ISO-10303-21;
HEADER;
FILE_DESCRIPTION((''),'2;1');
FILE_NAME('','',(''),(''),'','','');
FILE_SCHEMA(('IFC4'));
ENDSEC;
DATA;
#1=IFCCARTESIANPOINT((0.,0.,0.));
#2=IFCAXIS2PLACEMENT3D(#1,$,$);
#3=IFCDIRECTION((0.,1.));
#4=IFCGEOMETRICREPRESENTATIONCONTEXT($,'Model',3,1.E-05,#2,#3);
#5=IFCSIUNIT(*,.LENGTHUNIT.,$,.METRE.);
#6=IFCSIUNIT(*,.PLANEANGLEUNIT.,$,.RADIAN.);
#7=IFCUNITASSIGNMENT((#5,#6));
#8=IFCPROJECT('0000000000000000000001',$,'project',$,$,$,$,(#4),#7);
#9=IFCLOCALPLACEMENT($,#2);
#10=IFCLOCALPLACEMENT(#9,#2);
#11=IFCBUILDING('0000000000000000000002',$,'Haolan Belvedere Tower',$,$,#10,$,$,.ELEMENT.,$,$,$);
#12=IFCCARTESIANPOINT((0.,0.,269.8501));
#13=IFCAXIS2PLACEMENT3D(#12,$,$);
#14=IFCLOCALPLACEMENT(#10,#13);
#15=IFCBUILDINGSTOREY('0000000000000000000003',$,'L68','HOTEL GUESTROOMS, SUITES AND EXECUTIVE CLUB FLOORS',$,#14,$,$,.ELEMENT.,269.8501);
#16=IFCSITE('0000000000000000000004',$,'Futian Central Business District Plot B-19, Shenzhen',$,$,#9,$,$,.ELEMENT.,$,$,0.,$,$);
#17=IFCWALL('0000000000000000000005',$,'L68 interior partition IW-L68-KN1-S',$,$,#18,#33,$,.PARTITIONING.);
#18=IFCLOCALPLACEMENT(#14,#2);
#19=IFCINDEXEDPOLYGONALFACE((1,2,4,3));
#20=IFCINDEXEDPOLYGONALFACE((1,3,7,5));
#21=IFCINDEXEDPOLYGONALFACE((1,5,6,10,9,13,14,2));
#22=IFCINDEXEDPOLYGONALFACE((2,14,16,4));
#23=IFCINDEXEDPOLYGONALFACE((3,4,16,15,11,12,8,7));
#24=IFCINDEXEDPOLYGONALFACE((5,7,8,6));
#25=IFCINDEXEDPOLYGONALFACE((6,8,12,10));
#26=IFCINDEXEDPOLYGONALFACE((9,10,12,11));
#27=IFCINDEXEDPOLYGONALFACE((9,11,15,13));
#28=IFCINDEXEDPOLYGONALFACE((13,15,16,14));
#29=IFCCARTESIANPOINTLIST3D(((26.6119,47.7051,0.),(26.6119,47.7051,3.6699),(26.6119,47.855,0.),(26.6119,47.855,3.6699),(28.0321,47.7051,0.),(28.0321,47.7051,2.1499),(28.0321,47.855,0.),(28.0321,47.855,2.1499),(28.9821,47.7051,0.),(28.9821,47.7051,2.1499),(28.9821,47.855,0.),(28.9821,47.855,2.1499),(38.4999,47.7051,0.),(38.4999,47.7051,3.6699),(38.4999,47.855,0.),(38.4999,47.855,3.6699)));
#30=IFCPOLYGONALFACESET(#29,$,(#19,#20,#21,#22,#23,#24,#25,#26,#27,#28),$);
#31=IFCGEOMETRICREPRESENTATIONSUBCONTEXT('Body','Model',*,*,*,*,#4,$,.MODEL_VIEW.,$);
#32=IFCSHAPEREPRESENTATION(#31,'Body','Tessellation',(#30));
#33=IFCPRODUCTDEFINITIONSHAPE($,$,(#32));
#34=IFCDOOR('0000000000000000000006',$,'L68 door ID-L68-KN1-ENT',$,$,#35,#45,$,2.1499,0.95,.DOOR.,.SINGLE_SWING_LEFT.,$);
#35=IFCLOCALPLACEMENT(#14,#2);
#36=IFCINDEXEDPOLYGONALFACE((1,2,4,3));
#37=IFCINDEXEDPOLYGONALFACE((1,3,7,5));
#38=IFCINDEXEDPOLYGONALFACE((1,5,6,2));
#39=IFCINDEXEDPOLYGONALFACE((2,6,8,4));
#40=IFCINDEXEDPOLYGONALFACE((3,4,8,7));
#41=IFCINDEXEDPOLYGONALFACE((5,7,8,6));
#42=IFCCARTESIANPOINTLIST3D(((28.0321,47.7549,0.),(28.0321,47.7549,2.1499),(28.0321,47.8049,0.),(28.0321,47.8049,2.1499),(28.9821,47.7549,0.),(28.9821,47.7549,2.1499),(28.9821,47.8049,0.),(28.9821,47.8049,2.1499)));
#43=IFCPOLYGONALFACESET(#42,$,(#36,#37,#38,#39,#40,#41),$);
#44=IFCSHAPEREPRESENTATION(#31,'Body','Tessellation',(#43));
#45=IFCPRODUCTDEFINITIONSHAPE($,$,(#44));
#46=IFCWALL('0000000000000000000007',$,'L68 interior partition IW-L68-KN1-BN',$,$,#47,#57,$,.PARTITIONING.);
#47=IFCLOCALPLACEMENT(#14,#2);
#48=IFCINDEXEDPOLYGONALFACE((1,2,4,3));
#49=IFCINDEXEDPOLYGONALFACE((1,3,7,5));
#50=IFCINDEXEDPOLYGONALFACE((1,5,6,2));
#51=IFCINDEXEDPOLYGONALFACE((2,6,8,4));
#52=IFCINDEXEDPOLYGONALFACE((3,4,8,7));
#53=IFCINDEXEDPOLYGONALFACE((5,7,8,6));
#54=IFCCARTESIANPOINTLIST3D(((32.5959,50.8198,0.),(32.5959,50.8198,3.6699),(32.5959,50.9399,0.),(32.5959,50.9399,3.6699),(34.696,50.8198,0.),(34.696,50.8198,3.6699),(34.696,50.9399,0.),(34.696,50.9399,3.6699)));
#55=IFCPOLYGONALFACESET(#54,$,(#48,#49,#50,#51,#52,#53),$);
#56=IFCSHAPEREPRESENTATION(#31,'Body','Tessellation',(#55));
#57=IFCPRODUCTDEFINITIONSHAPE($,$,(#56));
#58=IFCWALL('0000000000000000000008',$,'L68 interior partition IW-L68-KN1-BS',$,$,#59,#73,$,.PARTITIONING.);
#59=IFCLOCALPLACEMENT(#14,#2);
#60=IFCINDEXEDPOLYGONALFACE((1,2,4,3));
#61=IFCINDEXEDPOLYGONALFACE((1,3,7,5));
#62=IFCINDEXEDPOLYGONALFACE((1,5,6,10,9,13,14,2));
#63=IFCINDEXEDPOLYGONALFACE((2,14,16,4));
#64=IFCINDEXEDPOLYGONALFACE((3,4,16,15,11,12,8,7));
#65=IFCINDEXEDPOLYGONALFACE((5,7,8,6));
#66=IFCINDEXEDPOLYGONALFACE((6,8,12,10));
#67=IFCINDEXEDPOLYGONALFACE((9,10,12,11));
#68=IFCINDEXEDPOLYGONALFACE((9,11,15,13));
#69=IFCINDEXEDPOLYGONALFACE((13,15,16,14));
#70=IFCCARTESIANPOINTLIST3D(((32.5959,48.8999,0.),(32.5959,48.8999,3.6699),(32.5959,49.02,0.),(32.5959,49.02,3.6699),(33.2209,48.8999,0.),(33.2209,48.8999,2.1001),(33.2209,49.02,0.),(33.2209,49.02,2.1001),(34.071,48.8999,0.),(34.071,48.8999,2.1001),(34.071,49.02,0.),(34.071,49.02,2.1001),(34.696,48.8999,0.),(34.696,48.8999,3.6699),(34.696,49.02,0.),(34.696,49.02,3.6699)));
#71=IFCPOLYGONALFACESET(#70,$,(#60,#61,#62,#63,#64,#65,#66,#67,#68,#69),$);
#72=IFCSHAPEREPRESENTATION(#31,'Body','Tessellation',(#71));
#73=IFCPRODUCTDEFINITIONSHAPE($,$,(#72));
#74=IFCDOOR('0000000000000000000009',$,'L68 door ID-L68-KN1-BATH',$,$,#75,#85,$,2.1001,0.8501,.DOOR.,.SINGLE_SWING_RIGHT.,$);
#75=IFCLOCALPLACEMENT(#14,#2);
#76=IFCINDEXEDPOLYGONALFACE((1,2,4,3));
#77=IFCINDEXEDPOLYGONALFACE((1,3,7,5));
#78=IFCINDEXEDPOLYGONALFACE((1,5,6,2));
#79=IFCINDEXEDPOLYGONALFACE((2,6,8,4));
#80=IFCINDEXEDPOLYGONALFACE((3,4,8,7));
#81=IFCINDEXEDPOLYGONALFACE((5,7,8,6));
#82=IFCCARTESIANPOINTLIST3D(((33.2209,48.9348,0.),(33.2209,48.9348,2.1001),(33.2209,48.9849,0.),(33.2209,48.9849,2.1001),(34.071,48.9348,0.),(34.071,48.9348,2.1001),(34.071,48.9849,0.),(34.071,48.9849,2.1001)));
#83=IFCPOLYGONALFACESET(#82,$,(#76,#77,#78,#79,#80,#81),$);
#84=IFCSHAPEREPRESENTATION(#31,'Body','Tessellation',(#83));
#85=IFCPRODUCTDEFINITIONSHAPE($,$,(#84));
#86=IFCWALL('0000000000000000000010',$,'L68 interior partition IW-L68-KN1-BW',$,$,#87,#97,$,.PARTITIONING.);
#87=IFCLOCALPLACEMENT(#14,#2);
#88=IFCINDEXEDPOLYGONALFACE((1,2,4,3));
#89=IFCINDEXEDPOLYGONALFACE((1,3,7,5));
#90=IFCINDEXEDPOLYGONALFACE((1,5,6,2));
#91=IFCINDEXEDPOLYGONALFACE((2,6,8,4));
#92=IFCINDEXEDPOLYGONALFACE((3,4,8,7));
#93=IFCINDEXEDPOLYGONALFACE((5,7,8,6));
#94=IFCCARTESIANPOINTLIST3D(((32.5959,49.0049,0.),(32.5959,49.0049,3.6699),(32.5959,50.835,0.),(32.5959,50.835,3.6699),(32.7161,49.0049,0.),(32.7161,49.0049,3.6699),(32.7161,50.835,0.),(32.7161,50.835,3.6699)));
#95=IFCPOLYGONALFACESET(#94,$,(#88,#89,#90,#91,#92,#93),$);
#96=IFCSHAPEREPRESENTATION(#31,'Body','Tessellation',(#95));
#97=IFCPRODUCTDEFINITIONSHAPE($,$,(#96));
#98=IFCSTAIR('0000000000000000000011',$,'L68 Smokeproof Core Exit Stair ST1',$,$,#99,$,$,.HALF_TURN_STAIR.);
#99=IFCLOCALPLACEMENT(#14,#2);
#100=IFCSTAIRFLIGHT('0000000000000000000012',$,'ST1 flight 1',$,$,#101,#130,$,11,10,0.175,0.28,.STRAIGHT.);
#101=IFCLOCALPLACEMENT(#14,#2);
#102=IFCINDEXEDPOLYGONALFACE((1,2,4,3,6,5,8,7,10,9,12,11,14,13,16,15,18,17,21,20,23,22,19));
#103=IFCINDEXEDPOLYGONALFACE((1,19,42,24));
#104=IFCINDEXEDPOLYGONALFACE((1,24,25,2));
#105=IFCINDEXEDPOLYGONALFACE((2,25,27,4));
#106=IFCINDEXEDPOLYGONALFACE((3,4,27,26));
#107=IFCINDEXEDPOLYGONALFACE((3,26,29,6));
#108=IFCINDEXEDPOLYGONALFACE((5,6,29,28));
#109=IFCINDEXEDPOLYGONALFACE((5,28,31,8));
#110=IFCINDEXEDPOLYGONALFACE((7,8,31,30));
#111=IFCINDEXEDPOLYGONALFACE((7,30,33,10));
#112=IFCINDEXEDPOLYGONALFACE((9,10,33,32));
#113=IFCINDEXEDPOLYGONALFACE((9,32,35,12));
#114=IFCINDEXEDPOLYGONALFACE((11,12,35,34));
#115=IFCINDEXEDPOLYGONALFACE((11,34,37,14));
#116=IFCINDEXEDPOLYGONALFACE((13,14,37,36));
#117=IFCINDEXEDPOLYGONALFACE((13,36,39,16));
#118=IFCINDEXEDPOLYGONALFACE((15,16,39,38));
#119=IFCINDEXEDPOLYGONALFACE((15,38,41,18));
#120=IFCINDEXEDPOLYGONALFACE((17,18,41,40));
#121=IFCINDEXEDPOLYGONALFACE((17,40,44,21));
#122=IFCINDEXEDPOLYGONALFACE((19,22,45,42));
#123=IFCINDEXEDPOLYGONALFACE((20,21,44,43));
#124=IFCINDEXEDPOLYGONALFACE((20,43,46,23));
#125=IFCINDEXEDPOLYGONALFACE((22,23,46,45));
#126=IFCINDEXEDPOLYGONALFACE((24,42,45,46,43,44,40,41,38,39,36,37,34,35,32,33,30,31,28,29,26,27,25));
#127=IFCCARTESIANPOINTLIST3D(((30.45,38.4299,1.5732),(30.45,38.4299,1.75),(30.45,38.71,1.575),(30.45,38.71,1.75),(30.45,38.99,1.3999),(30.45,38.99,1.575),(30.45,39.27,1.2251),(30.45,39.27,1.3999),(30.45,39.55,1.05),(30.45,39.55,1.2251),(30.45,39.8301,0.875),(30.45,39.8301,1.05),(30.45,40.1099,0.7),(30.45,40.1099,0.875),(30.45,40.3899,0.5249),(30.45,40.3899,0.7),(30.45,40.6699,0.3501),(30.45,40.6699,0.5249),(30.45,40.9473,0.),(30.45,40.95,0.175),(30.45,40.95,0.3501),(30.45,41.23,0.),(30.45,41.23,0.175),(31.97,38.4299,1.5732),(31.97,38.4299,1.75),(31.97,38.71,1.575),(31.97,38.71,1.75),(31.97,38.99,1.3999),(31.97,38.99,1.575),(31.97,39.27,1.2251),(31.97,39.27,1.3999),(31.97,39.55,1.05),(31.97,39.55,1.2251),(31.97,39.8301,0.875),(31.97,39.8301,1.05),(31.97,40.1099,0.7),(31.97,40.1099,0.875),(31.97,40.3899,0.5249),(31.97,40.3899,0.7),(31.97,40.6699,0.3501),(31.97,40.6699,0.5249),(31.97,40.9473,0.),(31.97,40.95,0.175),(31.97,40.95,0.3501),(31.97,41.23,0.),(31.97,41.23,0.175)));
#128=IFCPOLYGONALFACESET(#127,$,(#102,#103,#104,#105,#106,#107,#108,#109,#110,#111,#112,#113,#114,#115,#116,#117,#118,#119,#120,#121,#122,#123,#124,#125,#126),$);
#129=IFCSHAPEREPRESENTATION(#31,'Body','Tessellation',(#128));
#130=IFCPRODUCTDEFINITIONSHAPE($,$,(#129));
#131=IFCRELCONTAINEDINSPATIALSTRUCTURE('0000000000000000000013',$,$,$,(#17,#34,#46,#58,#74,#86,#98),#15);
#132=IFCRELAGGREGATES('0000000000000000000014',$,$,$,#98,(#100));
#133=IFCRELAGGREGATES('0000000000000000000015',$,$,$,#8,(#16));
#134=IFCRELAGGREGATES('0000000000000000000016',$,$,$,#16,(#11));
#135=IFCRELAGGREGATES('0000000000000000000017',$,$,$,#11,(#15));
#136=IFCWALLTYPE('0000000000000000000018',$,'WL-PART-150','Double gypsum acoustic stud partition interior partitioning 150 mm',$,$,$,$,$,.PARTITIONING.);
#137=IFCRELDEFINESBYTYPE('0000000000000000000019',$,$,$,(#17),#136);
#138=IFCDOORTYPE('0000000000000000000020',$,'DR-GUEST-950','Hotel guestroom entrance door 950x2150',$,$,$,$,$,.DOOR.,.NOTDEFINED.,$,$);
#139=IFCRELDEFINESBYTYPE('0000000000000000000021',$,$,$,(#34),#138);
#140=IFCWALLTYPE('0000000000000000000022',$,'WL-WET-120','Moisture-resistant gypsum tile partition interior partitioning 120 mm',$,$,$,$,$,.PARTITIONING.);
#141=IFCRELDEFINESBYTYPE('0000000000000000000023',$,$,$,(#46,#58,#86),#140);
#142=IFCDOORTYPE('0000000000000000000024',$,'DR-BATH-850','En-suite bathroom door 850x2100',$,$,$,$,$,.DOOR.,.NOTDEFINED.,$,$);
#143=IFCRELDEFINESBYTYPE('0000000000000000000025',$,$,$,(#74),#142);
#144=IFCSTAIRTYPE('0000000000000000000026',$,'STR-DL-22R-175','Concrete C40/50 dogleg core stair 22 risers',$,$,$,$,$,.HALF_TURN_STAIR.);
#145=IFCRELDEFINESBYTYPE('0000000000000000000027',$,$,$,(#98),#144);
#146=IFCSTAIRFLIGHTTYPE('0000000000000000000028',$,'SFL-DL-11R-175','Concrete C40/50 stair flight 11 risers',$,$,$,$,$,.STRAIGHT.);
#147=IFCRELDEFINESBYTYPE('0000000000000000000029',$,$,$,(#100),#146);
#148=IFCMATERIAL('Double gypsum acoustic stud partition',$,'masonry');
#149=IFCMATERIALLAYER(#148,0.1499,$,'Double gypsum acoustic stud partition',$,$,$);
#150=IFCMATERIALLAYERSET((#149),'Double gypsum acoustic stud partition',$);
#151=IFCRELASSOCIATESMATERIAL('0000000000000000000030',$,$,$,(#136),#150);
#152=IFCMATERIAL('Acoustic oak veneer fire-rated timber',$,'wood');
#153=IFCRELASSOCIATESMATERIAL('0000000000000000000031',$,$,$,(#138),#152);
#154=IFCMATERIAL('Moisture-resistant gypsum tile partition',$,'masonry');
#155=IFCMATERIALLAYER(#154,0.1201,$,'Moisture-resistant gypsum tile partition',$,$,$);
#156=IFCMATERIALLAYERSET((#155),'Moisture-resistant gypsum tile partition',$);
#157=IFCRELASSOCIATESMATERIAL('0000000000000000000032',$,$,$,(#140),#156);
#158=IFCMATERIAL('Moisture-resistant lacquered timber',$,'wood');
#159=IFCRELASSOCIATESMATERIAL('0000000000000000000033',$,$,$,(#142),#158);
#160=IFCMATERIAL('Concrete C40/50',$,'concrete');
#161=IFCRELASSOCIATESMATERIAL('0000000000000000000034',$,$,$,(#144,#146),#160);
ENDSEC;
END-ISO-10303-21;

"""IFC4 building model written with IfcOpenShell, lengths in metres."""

from ifc_helpers import new_model, si_unit, direction, frame, frame_2d, origin, place, context, subcontext, project, spatial, polyline, rectangle, outline, extrude, material, layer, layer_set, type_object, element, fill, aggregate, save


model = new_model("IFC4")

# Units and contexts
model_context = context("Model", 3, precision=1e-05, world=origin(), true_north=direction((0.0, 1.0)))
body_context = subcontext(model_context, "Body", "Model", "MODEL_VIEW")
ifc_project = project(units=[si_unit("LENGTHUNIT", "METRE"), si_unit("PLANEANGLEUNIT", "RADIAN")], contexts=[model_context])

# Site, building, storey
site_placement = place(None, origin())
site = spatial("IfcSite", under=ifc_project, at=site_placement, Name="Futian Central Business District Plot B-19, Shenzhen", CompositionType="ELEMENT", RefElevation=0.0)
building_placement = place(site_placement, origin())
building = spatial("IfcBuilding", under=site, at=building_placement, Name="Haolan Belvedere Tower", CompositionType="ELEMENT")
storey_placement = place(building_placement, frame((0.0, 0.0, 269.8501)))
storey = spatial("IfcBuildingStorey", under=building, at=storey_placement, Name="L68", Description="HOTEL GUESTROOMS, SUITES AND EXECUTIVE CLUB FLOORS", CompositionType="ELEMENT", Elevation=269.8501)

# Shared definitions
ifc_material_1 = material(Name="Concrete C40/50", Category="concrete")

# Wall, opening, door
ifc_material_2 = material(Name="Double gypsum acoustic stud partition", Category="masonry")
ifc_layer_1 = layer(ifc_material_2, 0.1499, Name="Double gypsum acoustic stud partition")
ifc_layer_set_1 = layer_set([ifc_layer_1], Name="Double gypsum acoustic stud partition")
wall_type_1 = type_object("IfcWallType", Name="WL-PART-150", Description="Double gypsum acoustic stud partition interior partitioning 150 mm", PredefinedType="PARTITIONING", material=ifc_layer_set_1)
wall_1_placement = place(storey_placement, frame((26.6121, 47.78, 0.0), z_axis=(0.0, 0.0, 1.0), x_axis=(1.0, 0.0, 0.0)))
wall_1 = element("IfcWall", 1, at=wall_1_placement, inside=storey, type_object=wall_type_1, Name="L68 interior partition IW-L68-KN1-S", PredefinedType="PARTITIONING", context=body_context, shape_type="SweptSolid", body=[
    extrude(rectangle(XDim=11.8879, YDim=0.1499, at=frame_2d((5.9438, 0.0))), origin(), (0.0, 0.0, 1.0), 3.6699),
])
opening_1_placement = place(wall_1_placement, frame((1.4199, 0.0, 0.0)))
opening_1 = element("IfcOpeningElement", 2, at=opening_1_placement, cuts=wall_1, PredefinedType="OPENING", context=body_context, shape_type="SweptSolid", body=[
    extrude(rectangle(XDim=0.95, YDim=2.1499, at=frame_2d((0.4751, 1.075))), frame((0.0, 0.085, 0.0), z_axis=(0.0, -1.0, 0.0), x_axis=(1.0, 0.0, 0.0)), (0.0, 0.0, 1.0), 0.1699),
])
ifc_material_3 = material(Name="Acoustic oak veneer fire-rated timber", Category="wood")
door_type_1 = type_object("IfcDoorType", Name="DR-GUEST-950", Description="Hotel guestroom entrance door 950x2150", OperationType="NOTDEFINED", PredefinedType="DOOR", material=ifc_material_3)
door_1_placement = place(opening_1_placement, origin())
door_1 = element("IfcDoor", 3, at=door_1_placement, inside=storey, type_object=door_type_1, Name="L68 door ID-L68-KN1-ENT", OperationType="SINGLE_SWING_LEFT", OverallHeight=2.1499, OverallWidth=0.95, PredefinedType="DOOR", context=body_context, shape_type="SweptSolid", body=[
    extrude(rectangle(XDim=0.95, YDim=2.1499, at=frame_2d((0.4751, 1.075))), frame((0.0, 0.0249, 0.0), z_axis=(0.0, -1.0, 0.0), x_axis=(1.0, 0.0, 0.0)), (0.0, 0.0, 1.0), 0.05),
])
fill(opening_1, door_1)

# Wall
ifc_material_4 = material(Name="Moisture-resistant gypsum tile partition", Category="masonry")
ifc_layer_2 = layer(ifc_material_4, 0.1201, Name="Moisture-resistant gypsum tile partition")
ifc_layer_set_2 = layer_set([ifc_layer_2], Name="Moisture-resistant gypsum tile partition")
wall_type_2 = type_object("IfcWallType", Name="WL-WET-120", Description="Moisture-resistant gypsum tile partition interior partitioning 120 mm", PredefinedType="PARTITIONING", material=ifc_layer_set_2)
wall_2_placement = place(storey_placement, frame((32.5959, 50.8799, 0.0), z_axis=(0.0, 0.0, 1.0), x_axis=(1.0, 0.0, 0.0)))
element("IfcWall", 4, at=wall_2_placement, inside=storey, type_object=wall_type_2, Name="L68 interior partition IW-L68-KN1-BN", PredefinedType="PARTITIONING", context=body_context, shape_type="SweptSolid", body=[
    extrude(rectangle(XDim=2.1001, YDim=0.1201, at=frame_2d((1.05, 0.0))), origin(), (0.0, 0.0, 1.0), 3.6699),
])

# Wall, opening, door
wall_3_placement = place(storey_placement, frame((32.5959, 48.96, 0.0), z_axis=(0.0, 0.0, 1.0), x_axis=(1.0, 0.0, 0.0)))
wall_3 = element("IfcWall", 5, at=wall_3_placement, inside=storey, type_object=wall_type_2, Name="L68 interior partition IW-L68-KN1-BS", PredefinedType="PARTITIONING", context=body_context, shape_type="SweptSolid", body=[
    extrude(rectangle(XDim=2.1001, YDim=0.1201, at=frame_2d((1.05, 0.0))), origin(), (0.0, 0.0, 1.0), 3.6699),
])
opening_2_placement = place(wall_3_placement, frame((0.625, 0.0, 0.0)))
opening_2 = element("IfcOpeningElement", 6, at=opening_2_placement, cuts=wall_3, PredefinedType="OPENING", context=body_context, shape_type="SweptSolid", body=[
    extrude(rectangle(XDim=0.8501, YDim=2.1001, at=frame_2d((0.425, 1.05))), frame((0.0, 0.0701, 0.0), z_axis=(0.0, -1.0, 0.0), x_axis=(1.0, 0.0, 0.0)), (0.0, 0.0, 1.0), 0.1401),
])
ifc_material_5 = material(Name="Moisture-resistant lacquered timber", Category="wood")
door_type_2 = type_object("IfcDoorType", Name="DR-BATH-850", Description="En-suite bathroom door 850x2100", OperationType="NOTDEFINED", PredefinedType="DOOR", material=ifc_material_5)
door_2_placement = place(opening_2_placement, origin())
door_2 = element("IfcDoor", 7, at=door_2_placement, inside=storey, type_object=door_type_2, Name="L68 door ID-L68-KN1-BATH", OperationType="SINGLE_SWING_RIGHT", OverallHeight=2.1001, OverallWidth=0.8501, PredefinedType="DOOR", context=body_context, shape_type="SweptSolid", body=[
    extrude(rectangle(XDim=0.8501, YDim=2.1001, at=frame_2d((0.425, 1.05))), frame((0.0, 0.0249, 0.0), z_axis=(0.0, -1.0, 0.0), x_axis=(1.0, 0.0, 0.0)), (0.0, 0.0, 1.0), 0.05),
])
fill(opening_2, door_2)

# Wall
wall_4_placement = place(storey_placement, frame((32.656, 49.0049, 0.0), z_axis=(0.0, 0.0, 1.0), x_axis=(0.0, 1.0, 0.0)))
element("IfcWall", 8, at=wall_4_placement, inside=storey, type_object=wall_type_2, Name="L68 interior partition IW-L68-KN1-BW", PredefinedType="PARTITIONING", context=body_context, shape_type="SweptSolid", body=[
    extrude(rectangle(XDim=1.8301, YDim=0.1201, at=frame_2d((0.915, 0.0))), origin(), (0.0, 0.0, 1.0), 3.6699),
])

# Stair, stair flight
stair_type = type_object("IfcStairType", Name="STR-DL-22R-175", Description="Concrete C40/50 dogleg core stair 22 risers", PredefinedType="HALF_TURN_STAIR", material=ifc_material_1)
stair_placement = place(storey_placement, origin())
stair = element("IfcStair", 9, at=stair_placement, inside=storey, type_object=stair_type, Name="L68 Smokeproof Core Exit Stair ST1", PredefinedType="HALF_TURN_STAIR")
stair_flight_type = type_object("IfcStairFlightType", Name="SFL-DL-11R-175", Description="Concrete C40/50 stair flight 11 risers", PredefinedType="STRAIGHT", material=ifc_material_1)
stair_flight_placement = place(storey_placement, frame((31.21, 41.23, 0.0), z_axis=(0.0, 0.0, 1.0), x_axis=(0.0, -1.0, 0.0)))
stair_flight = element("IfcStairFlight", 10, at=stair_flight_placement, type_object=stair_flight_type, Name="ST1 flight 1", NumberOfRisers=11, NumberOfTreads=10, PredefinedType="STRAIGHT", RiserHeight=0.175, TreadLength=0.28, context=body_context, shape_type="SweptSolid", body=[
    extrude(outline(polyline([(0.0, 0.0), (0.0, 0.175), (0.28, 0.175), (0.28, 0.3501), (0.5601, 0.3501), (0.5601, 0.5249), (0.8401, 0.5249), (0.8401, 0.7), (1.1201, 0.7), (1.1201, 0.875), (1.3999, 0.875), (1.3999, 1.05), (1.6799, 1.05), (1.6799, 1.2251), (1.96, 1.2251), (1.96, 1.3999), (2.24, 1.3999), (2.24, 1.575), (2.52, 1.575), (2.52, 1.75), (2.8, 1.75), (2.8, 1.925), (2.8, 1.5732), (0.2827, 0.0), (0.0, 0.0)])), frame((0.0, 0.76, 0.0), z_axis=(0.0, -1.0, 0.0), x_axis=(1.0, 0.0, 0.0)), (0.0, 0.0, 1.0), 1.52),
])
aggregate(stair, [stair_flight])

save(model, "model.ifc")
